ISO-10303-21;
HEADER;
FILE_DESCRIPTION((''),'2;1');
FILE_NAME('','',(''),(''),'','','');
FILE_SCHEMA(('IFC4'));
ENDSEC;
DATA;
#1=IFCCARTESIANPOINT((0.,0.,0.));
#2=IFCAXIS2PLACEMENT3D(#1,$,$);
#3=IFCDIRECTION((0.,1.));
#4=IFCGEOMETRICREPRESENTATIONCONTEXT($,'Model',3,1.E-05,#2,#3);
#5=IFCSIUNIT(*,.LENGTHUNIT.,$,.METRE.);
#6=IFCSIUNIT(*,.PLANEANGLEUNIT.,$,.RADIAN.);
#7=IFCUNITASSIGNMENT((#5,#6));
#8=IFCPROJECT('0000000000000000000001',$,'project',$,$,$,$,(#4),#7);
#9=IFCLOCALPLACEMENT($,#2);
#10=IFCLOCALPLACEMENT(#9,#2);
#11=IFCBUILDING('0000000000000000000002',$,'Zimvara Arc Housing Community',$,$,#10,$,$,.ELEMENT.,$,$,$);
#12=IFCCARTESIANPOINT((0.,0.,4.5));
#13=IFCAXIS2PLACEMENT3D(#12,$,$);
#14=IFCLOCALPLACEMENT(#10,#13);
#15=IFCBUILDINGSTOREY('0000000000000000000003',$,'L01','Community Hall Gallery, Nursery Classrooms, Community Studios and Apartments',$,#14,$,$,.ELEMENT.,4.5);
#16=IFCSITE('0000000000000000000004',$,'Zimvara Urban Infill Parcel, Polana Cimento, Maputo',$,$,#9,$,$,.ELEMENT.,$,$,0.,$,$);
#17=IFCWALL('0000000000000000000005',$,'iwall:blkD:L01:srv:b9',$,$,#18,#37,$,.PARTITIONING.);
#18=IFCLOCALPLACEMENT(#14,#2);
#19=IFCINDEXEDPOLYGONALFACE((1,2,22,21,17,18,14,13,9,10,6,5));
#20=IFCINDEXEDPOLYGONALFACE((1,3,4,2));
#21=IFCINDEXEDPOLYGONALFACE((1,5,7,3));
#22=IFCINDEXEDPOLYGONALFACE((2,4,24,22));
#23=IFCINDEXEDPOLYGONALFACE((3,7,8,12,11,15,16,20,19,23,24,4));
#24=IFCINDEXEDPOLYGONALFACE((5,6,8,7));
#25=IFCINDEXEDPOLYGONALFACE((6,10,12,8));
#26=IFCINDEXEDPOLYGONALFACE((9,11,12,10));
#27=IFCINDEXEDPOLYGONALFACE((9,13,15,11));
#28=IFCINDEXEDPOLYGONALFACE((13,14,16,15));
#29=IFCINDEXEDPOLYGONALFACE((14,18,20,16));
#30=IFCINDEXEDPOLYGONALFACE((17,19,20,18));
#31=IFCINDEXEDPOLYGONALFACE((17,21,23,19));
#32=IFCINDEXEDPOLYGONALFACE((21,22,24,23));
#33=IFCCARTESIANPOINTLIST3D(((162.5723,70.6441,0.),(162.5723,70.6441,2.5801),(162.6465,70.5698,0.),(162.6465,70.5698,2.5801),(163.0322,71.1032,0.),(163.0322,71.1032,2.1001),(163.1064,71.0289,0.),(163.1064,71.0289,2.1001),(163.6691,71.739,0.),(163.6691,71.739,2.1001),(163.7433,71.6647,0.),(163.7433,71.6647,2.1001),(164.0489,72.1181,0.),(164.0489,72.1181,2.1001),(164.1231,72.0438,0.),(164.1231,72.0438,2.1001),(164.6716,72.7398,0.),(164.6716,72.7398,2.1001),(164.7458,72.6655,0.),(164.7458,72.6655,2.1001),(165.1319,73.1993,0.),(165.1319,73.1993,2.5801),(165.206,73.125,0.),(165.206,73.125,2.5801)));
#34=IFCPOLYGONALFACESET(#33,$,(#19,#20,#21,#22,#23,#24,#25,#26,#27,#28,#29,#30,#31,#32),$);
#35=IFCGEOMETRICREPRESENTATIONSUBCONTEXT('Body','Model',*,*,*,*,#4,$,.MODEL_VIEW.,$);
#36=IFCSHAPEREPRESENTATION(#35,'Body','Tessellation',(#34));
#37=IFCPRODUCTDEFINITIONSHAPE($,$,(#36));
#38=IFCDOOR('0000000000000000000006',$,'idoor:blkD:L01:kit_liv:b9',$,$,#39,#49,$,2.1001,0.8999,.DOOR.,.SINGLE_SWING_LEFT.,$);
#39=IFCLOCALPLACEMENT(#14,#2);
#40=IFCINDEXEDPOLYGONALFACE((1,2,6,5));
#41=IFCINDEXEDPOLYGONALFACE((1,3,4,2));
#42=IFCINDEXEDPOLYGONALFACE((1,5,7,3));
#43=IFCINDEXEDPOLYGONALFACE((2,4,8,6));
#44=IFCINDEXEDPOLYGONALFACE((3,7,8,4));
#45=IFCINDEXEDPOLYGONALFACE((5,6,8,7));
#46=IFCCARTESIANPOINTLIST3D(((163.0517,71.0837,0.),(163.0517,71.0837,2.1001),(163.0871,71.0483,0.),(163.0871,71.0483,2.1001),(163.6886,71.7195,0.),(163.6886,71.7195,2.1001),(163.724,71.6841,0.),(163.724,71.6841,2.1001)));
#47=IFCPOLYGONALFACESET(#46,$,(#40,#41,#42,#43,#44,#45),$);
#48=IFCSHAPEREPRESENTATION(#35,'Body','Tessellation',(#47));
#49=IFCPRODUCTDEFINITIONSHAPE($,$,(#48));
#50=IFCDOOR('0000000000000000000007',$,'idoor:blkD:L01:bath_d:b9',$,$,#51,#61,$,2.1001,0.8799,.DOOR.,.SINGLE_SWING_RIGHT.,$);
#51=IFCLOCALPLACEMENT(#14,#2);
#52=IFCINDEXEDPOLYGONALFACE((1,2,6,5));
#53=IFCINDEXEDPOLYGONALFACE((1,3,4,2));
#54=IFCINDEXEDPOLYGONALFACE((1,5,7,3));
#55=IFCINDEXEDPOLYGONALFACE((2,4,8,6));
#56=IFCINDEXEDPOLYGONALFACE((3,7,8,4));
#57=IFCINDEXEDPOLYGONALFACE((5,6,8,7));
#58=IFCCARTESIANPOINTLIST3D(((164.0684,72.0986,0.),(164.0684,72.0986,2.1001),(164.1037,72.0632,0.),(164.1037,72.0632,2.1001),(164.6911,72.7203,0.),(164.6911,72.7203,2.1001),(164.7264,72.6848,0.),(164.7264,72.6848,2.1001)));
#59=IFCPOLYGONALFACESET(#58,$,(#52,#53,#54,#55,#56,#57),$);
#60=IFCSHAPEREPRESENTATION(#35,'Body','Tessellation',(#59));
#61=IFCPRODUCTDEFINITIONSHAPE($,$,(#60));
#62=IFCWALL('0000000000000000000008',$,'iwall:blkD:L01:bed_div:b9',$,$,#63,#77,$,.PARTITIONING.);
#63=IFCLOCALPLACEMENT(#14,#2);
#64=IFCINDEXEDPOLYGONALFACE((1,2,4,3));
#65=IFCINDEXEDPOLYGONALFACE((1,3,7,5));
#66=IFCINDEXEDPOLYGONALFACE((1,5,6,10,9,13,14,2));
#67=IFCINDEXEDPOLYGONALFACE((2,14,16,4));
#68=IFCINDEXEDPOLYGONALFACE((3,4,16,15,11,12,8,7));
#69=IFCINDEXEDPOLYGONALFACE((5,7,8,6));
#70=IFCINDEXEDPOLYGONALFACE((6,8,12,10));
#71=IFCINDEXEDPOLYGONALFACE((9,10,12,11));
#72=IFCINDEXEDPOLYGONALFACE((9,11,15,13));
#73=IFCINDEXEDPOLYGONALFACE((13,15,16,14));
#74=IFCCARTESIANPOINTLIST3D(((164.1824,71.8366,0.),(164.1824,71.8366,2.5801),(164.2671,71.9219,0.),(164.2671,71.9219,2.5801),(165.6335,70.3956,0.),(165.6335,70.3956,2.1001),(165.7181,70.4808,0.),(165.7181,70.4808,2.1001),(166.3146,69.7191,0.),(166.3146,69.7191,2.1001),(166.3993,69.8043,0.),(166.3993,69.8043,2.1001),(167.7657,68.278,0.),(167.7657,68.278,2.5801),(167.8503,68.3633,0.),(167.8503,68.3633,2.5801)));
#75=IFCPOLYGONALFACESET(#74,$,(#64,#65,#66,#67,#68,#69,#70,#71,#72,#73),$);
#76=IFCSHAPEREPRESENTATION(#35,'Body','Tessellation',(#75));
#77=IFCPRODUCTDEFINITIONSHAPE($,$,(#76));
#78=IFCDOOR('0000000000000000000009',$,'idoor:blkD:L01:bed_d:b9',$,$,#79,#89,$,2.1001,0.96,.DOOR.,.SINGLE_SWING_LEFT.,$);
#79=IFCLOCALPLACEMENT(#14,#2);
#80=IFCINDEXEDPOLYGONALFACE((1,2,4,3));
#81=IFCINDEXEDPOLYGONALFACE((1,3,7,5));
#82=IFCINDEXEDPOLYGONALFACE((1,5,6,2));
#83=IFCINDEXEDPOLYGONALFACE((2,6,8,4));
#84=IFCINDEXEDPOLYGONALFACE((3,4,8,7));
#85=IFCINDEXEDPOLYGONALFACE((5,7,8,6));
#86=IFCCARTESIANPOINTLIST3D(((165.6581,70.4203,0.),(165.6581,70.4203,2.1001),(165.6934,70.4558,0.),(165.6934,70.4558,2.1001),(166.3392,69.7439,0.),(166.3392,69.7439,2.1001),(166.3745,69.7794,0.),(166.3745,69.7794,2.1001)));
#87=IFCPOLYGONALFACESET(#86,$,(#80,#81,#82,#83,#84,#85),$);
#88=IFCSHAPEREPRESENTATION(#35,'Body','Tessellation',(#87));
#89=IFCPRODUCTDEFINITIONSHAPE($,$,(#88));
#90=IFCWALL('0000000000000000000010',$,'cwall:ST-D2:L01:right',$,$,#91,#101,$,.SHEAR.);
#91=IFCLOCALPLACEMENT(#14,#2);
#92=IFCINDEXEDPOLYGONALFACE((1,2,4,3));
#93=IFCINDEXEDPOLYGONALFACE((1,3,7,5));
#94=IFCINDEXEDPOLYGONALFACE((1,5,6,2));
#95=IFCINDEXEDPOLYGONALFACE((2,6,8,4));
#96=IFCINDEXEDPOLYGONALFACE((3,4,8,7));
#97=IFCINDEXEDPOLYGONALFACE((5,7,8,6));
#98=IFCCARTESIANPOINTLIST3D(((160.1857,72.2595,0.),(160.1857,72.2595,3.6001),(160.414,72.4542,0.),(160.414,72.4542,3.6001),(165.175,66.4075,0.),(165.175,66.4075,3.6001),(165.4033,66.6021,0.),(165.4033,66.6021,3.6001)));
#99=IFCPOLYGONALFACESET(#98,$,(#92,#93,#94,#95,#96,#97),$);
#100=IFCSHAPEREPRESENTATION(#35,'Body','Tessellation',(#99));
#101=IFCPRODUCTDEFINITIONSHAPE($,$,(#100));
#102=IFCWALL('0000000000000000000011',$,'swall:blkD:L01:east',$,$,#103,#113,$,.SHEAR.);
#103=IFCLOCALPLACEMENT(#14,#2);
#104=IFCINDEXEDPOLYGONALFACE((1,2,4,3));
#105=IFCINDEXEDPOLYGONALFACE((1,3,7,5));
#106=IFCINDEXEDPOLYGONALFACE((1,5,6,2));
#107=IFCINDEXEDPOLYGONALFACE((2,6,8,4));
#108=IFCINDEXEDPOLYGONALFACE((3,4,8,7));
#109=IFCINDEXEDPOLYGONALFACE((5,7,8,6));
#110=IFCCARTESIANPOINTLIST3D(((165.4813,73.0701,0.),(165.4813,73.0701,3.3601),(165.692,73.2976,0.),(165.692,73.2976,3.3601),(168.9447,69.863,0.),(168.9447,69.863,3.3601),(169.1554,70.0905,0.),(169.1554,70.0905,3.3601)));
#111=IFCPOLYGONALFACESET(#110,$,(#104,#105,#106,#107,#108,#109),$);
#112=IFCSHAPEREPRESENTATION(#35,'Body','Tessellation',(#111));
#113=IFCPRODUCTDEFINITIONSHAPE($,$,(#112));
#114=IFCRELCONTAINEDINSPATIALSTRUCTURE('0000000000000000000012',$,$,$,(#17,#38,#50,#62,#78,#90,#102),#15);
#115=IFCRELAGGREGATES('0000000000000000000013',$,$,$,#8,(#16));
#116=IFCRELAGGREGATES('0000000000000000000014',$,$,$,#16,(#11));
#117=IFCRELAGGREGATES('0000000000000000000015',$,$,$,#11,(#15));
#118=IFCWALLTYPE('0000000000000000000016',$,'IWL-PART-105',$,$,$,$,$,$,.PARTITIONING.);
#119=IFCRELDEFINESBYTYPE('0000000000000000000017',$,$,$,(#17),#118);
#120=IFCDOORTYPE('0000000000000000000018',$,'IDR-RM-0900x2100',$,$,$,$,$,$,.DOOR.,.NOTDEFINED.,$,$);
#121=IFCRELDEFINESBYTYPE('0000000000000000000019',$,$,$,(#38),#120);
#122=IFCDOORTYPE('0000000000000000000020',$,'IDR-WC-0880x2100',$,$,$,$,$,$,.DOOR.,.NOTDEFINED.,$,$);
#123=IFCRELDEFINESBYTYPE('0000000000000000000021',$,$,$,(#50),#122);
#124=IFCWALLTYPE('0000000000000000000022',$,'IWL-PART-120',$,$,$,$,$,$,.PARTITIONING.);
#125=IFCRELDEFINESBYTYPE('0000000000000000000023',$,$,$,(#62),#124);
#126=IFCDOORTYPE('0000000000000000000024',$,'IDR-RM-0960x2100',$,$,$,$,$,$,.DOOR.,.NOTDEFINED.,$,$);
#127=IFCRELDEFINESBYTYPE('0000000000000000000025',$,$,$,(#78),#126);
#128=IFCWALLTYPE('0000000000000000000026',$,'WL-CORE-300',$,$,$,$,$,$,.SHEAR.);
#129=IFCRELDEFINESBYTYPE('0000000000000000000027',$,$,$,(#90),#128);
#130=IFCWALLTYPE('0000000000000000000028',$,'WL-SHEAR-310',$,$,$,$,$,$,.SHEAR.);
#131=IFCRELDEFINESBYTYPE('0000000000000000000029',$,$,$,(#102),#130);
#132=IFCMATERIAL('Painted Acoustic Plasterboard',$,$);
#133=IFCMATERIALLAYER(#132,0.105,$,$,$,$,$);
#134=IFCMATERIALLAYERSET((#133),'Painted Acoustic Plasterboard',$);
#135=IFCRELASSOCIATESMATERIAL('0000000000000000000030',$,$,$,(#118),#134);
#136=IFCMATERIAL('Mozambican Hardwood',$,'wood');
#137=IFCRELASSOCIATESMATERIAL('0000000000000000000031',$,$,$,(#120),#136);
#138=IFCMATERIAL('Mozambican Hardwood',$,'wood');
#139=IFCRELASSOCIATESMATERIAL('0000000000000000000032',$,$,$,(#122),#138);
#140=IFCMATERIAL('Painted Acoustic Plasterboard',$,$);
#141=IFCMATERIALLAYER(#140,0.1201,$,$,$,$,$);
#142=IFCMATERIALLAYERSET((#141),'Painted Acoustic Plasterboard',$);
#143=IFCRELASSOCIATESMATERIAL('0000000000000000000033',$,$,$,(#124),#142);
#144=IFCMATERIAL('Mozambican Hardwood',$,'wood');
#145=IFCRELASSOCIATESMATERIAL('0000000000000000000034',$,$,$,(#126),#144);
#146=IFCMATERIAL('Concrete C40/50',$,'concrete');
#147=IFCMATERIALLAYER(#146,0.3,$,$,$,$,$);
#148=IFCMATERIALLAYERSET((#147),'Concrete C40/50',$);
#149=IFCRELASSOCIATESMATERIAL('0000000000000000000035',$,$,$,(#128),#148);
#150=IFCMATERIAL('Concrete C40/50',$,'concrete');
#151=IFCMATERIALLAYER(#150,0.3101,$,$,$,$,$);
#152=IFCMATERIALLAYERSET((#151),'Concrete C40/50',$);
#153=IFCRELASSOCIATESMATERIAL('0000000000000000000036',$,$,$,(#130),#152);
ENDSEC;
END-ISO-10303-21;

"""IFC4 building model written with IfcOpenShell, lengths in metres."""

from ifc_helpers import new_model, si_unit, direction, frame, frame_2d, origin, place, context, subcontext, project, spatial, rectangle, extrude, material, layer, layer_set, type_object, element, fill, save


model = new_model("IFC4")

# Units and contexts
model_context = context("Model", 3, precision=1e-05, world=origin(), true_north=direction((0.0, 1.0)))
body_context = subcontext(model_context, "Body", "Model", "MODEL_VIEW")
ifc_project = project(units=[si_unit("LENGTHUNIT", "METRE"), si_unit("PLANEANGLEUNIT", "RADIAN")], contexts=[model_context])

# Site, building, storey
site_placement = place(None, origin())
site = spatial("IfcSite", under=ifc_project, at=site_placement, Name="Zimvara Urban Infill Parcel, Polana Cimento, Maputo", CompositionType="ELEMENT", RefElevation=0.0)
building_placement = place(site_placement, origin())
building = spatial("IfcBuilding", under=site, at=building_placement, Name="Zimvara Arc Housing Community", CompositionType="ELEMENT")
storey_placement = place(building_placement, frame((0.0, 0.0, 4.5)))
storey = spatial("IfcBuildingStorey", under=building, at=storey_placement, Name="L01", Description="Community Hall Gallery, Nursery Classrooms, Community Studios and Apartments", CompositionType="ELEMENT", Elevation=4.5)

# Wall, openings, doors
ifc_material_1 = material(Name="Painted Acoustic Plasterboard")
ifc_layer_1 = layer(ifc_material_1, 0.105)
ifc_layer_set_1 = layer_set([ifc_layer_1], Name="Painted Acoustic Plasterboard")
wall_type_1 = type_object("IfcWallType", Name="IWL-PART-105", PredefinedType="PARTITIONING", material=ifc_layer_set_1)
wall_1_placement = place(storey_placement, frame((162.6094, 70.6069, 0.0), z_axis=(0.0, 0.0, 1.0), x_axis=(0.707714, 0.706499, 0.0)))
wall_1 = element("IfcWall", 1, at=wall_1_placement, inside=storey, type_object=wall_type_1, Name="iwall:blkD:L01:srv:b9", PredefinedType="PARTITIONING", context=body_context, shape_type="SweptSolid", body=[
    extrude(rectangle(XDim=3.6167, YDim=0.105, at=frame_2d((1.8083, 0.0))), origin(), (0.0, 0.0, 1.0), 2.5801),
])
opening_1_placement = place(wall_1_placement, frame((0.6499, 0.0, 0.0)))
opening_1 = element("IfcOpeningElement", 2, at=opening_1_placement, cuts=wall_1, PredefinedType="OPENING", context=body_context, shape_type="SweptSolid", body=[
    extrude(rectangle(XDim=0.8999, YDim=2.1001, at=frame_2d((0.45, 1.05))), frame((0.0, 0.0625, 0.0), z_axis=(0.0, -1.0, 0.0), x_axis=(1.0, 0.0, 0.0)), (0.0, 0.0, 1.0), 0.125),
])
opening_2_placement = place(wall_1_placement, frame((2.0864, 0.0, 0.0)))
opening_2 = element("IfcOpeningElement", 3, at=opening_2_placement, cuts=wall_1, PredefinedType="OPENING", context=body_context, shape_type="SweptSolid", body=[
    extrude(rectangle(XDim=0.8799, YDim=2.1001, at=frame_2d((0.4399, 1.05))), frame((0.0, 0.0625, 0.0), z_axis=(0.0, -1.0, 0.0), x_axis=(1.0, 0.0, 0.0)), (0.0, 0.0, 1.0), 0.125),
])
ifc_material_2 = material(Name="Mozambican Hardwood", Category="wood")
door_type_1 = type_object("IfcDoorType", Name="IDR-RM-0900x2100", OperationType="NOTDEFINED", PredefinedType="DOOR", material=ifc_material_2)
door_1_placement = place(opening_1_placement, origin())
door_1 = element("IfcDoor", 4, at=door_1_placement, inside=storey, type_object=door_type_1, Name="idoor:blkD:L01:kit_liv:b9", OperationType="SINGLE_SWING_LEFT", OverallHeight=2.1001, OverallWidth=0.8999, PredefinedType="DOOR", context=body_context, shape_type="SweptSolid", body=[
    extrude(rectangle(XDim=0.8999, YDim=2.1001, at=frame_2d((0.45, 1.05))), frame((0.0, 0.0249, 0.0), z_axis=(0.0, -1.0, 0.0), x_axis=(1.0, 0.0, 0.0)), (0.0, 0.0, 1.0), 0.05),
])
fill(opening_1, door_1)
ifc_material_3 = material(Name="Mozambican Hardwood", Category="wood")
door_type_2 = type_object("IfcDoorType", Name="IDR-WC-0880x2100", OperationType="NOTDEFINED", PredefinedType="DOOR", material=ifc_material_3)
door_2_placement = place(opening_2_placement, origin())
door_2 = element("IfcDoor", 5, at=door_2_placement, inside=storey, type_object=door_type_2, Name="idoor:blkD:L01:bath_d:b9", OperationType="SINGLE_SWING_RIGHT", OverallHeight=2.1001, OverallWidth=0.8799, PredefinedType="DOOR", context=body_context, shape_type="SweptSolid", body=[
    extrude(rectangle(XDim=0.8799, YDim=2.1001, at=frame_2d((0.4399, 1.05))), frame((0.0, 0.0249, 0.0), z_axis=(0.0, -1.0, 0.0), x_axis=(1.0, 0.0, 0.0)), (0.0, 0.0, 1.0), 0.05),
])
fill(opening_2, door_2)

# Wall, opening, door
ifc_material_4 = material(Name="Painted Acoustic Plasterboard")
ifc_layer_2 = layer(ifc_material_4, 0.1201)
ifc_layer_set_2 = layer_set([ifc_layer_2], Name="Painted Acoustic Plasterboard")
wall_type_2 = type_object("IfcWallType", Name="IWL-PART-120", PredefinedType="PARTITIONING", material=ifc_layer_set_2)
wall_2_placement = place(storey_placement, frame((164.2249, 71.8792, 0.0), z_axis=(0.0, 0.0, 1.0), x_axis=(0.709544, -0.704661, 0.0)))
wall_2 = element("IfcWall", 6, at=wall_2_placement, inside=storey, type_object=wall_type_2, Name="iwall:blkD:L01:bed_div:b9", PredefinedType="PARTITIONING", context=body_context, shape_type="SweptSolid", body=[
    extrude(rectangle(XDim=5.05, YDim=0.1201, at=frame_2d((2.5249, 0.0))), origin(), (0.0, 0.0, 1.0), 2.5801),
])
opening_3_placement = place(wall_2_placement, frame((2.0449, 0.0, 0.0)))
opening_3 = element("IfcOpeningElement", 7, at=opening_3_placement, cuts=wall_2, PredefinedType="OPENING", context=body_context, shape_type="SweptSolid", body=[
    extrude(rectangle(XDim=0.96, YDim=2.1001, at=frame_2d((0.48, 1.05))), frame((0.0, 0.0701, 0.0), z_axis=(0.0, -1.0, 0.0), x_axis=(1.0, 0.0, 0.0)), (0.0, 0.0, 1.0), 0.1401),
])
ifc_material_5 = material(Name="Mozambican Hardwood", Category="wood")
door_type_3 = type_object("IfcDoorType", Name="IDR-RM-0960x2100", OperationType="NOTDEFINED", PredefinedType="DOOR", material=ifc_material_5)
door_3_placement = place(opening_3_placement, origin())
door_3 = element("IfcDoor", 8, at=door_3_placement, inside=storey, type_object=door_type_3, Name="idoor:blkD:L01:bed_d:b9", OperationType="SINGLE_SWING_LEFT", OverallHeight=2.1001, OverallWidth=0.96, PredefinedType="DOOR", context=body_context, shape_type="SweptSolid", body=[
    extrude(rectangle(XDim=0.96, YDim=2.1001, at=frame_2d((0.48, 1.05))), frame((0.0, 0.0249, 0.0), z_axis=(0.0, -1.0, 0.0), x_axis=(1.0, 0.0, 0.0)), (0.0, 0.0, 1.0), 0.05),
])
fill(opening_3, door_3)

# Walls
ifc_material_6 = material(Name="Concrete C40/50", Category="concrete")
ifc_layer_3 = layer(ifc_material_6, 0.3)
ifc_layer_set_3 = layer_set([ifc_layer_3], Name="Concrete C40/50")
wall_type_3 = type_object("IfcWallType", Name="WL-CORE-300", PredefinedType="SHEAR", material=ifc_layer_set_3)
wall_3_placement = place(storey_placement, frame((160.2998, 72.3569, 0.0), z_axis=(0.0, 0.0, 1.0), x_axis=(0.648781, -0.760975, 0.0)))
element("IfcWall", 9, at=wall_3_placement, inside=storey, type_object=wall_type_3, Name="cwall:ST-D2:L01:right", PredefinedType="SHEAR", context=body_context, shape_type="SweptSolid", body=[
    extrude(rectangle(XDim=7.6902, YDim=0.3, at=frame_2d((3.8452, 0.0))), origin(), (0.0, 0.0, 1.0), 3.6001),
])
ifc_material_7 = material(Name="Concrete C40/50", Category="concrete")
ifc_layer_4 = layer(ifc_material_7, 0.3101)
ifc_layer_set_4 = layer_set([ifc_layer_4], Name="Concrete C40/50")
wall_type_4 = type_object("IfcWallType", Name="WL-SHEAR-310", PredefinedType="SHEAR", material=ifc_layer_set_4)
wall_4_placement = place(storey_placement, frame((165.5867, 73.1838, 0.0), z_axis=(0.0, 0.0, 1.0), x_axis=(0.73374, -0.679431, 0.0)))
element("IfcWall", 10, at=wall_4_placement, inside=storey, type_object=wall_type_4, Name="swall:blkD:L01:east", PredefinedType="SHEAR", context=body_context, shape_type="SweptSolid", body=[
    extrude(rectangle(XDim=4.7202, YDim=0.3101, at=frame_2d((2.3601, 0.0))), origin(), (0.0, 0.0, 1.0), 3.3601),
])

save(model, "model.ifc")
